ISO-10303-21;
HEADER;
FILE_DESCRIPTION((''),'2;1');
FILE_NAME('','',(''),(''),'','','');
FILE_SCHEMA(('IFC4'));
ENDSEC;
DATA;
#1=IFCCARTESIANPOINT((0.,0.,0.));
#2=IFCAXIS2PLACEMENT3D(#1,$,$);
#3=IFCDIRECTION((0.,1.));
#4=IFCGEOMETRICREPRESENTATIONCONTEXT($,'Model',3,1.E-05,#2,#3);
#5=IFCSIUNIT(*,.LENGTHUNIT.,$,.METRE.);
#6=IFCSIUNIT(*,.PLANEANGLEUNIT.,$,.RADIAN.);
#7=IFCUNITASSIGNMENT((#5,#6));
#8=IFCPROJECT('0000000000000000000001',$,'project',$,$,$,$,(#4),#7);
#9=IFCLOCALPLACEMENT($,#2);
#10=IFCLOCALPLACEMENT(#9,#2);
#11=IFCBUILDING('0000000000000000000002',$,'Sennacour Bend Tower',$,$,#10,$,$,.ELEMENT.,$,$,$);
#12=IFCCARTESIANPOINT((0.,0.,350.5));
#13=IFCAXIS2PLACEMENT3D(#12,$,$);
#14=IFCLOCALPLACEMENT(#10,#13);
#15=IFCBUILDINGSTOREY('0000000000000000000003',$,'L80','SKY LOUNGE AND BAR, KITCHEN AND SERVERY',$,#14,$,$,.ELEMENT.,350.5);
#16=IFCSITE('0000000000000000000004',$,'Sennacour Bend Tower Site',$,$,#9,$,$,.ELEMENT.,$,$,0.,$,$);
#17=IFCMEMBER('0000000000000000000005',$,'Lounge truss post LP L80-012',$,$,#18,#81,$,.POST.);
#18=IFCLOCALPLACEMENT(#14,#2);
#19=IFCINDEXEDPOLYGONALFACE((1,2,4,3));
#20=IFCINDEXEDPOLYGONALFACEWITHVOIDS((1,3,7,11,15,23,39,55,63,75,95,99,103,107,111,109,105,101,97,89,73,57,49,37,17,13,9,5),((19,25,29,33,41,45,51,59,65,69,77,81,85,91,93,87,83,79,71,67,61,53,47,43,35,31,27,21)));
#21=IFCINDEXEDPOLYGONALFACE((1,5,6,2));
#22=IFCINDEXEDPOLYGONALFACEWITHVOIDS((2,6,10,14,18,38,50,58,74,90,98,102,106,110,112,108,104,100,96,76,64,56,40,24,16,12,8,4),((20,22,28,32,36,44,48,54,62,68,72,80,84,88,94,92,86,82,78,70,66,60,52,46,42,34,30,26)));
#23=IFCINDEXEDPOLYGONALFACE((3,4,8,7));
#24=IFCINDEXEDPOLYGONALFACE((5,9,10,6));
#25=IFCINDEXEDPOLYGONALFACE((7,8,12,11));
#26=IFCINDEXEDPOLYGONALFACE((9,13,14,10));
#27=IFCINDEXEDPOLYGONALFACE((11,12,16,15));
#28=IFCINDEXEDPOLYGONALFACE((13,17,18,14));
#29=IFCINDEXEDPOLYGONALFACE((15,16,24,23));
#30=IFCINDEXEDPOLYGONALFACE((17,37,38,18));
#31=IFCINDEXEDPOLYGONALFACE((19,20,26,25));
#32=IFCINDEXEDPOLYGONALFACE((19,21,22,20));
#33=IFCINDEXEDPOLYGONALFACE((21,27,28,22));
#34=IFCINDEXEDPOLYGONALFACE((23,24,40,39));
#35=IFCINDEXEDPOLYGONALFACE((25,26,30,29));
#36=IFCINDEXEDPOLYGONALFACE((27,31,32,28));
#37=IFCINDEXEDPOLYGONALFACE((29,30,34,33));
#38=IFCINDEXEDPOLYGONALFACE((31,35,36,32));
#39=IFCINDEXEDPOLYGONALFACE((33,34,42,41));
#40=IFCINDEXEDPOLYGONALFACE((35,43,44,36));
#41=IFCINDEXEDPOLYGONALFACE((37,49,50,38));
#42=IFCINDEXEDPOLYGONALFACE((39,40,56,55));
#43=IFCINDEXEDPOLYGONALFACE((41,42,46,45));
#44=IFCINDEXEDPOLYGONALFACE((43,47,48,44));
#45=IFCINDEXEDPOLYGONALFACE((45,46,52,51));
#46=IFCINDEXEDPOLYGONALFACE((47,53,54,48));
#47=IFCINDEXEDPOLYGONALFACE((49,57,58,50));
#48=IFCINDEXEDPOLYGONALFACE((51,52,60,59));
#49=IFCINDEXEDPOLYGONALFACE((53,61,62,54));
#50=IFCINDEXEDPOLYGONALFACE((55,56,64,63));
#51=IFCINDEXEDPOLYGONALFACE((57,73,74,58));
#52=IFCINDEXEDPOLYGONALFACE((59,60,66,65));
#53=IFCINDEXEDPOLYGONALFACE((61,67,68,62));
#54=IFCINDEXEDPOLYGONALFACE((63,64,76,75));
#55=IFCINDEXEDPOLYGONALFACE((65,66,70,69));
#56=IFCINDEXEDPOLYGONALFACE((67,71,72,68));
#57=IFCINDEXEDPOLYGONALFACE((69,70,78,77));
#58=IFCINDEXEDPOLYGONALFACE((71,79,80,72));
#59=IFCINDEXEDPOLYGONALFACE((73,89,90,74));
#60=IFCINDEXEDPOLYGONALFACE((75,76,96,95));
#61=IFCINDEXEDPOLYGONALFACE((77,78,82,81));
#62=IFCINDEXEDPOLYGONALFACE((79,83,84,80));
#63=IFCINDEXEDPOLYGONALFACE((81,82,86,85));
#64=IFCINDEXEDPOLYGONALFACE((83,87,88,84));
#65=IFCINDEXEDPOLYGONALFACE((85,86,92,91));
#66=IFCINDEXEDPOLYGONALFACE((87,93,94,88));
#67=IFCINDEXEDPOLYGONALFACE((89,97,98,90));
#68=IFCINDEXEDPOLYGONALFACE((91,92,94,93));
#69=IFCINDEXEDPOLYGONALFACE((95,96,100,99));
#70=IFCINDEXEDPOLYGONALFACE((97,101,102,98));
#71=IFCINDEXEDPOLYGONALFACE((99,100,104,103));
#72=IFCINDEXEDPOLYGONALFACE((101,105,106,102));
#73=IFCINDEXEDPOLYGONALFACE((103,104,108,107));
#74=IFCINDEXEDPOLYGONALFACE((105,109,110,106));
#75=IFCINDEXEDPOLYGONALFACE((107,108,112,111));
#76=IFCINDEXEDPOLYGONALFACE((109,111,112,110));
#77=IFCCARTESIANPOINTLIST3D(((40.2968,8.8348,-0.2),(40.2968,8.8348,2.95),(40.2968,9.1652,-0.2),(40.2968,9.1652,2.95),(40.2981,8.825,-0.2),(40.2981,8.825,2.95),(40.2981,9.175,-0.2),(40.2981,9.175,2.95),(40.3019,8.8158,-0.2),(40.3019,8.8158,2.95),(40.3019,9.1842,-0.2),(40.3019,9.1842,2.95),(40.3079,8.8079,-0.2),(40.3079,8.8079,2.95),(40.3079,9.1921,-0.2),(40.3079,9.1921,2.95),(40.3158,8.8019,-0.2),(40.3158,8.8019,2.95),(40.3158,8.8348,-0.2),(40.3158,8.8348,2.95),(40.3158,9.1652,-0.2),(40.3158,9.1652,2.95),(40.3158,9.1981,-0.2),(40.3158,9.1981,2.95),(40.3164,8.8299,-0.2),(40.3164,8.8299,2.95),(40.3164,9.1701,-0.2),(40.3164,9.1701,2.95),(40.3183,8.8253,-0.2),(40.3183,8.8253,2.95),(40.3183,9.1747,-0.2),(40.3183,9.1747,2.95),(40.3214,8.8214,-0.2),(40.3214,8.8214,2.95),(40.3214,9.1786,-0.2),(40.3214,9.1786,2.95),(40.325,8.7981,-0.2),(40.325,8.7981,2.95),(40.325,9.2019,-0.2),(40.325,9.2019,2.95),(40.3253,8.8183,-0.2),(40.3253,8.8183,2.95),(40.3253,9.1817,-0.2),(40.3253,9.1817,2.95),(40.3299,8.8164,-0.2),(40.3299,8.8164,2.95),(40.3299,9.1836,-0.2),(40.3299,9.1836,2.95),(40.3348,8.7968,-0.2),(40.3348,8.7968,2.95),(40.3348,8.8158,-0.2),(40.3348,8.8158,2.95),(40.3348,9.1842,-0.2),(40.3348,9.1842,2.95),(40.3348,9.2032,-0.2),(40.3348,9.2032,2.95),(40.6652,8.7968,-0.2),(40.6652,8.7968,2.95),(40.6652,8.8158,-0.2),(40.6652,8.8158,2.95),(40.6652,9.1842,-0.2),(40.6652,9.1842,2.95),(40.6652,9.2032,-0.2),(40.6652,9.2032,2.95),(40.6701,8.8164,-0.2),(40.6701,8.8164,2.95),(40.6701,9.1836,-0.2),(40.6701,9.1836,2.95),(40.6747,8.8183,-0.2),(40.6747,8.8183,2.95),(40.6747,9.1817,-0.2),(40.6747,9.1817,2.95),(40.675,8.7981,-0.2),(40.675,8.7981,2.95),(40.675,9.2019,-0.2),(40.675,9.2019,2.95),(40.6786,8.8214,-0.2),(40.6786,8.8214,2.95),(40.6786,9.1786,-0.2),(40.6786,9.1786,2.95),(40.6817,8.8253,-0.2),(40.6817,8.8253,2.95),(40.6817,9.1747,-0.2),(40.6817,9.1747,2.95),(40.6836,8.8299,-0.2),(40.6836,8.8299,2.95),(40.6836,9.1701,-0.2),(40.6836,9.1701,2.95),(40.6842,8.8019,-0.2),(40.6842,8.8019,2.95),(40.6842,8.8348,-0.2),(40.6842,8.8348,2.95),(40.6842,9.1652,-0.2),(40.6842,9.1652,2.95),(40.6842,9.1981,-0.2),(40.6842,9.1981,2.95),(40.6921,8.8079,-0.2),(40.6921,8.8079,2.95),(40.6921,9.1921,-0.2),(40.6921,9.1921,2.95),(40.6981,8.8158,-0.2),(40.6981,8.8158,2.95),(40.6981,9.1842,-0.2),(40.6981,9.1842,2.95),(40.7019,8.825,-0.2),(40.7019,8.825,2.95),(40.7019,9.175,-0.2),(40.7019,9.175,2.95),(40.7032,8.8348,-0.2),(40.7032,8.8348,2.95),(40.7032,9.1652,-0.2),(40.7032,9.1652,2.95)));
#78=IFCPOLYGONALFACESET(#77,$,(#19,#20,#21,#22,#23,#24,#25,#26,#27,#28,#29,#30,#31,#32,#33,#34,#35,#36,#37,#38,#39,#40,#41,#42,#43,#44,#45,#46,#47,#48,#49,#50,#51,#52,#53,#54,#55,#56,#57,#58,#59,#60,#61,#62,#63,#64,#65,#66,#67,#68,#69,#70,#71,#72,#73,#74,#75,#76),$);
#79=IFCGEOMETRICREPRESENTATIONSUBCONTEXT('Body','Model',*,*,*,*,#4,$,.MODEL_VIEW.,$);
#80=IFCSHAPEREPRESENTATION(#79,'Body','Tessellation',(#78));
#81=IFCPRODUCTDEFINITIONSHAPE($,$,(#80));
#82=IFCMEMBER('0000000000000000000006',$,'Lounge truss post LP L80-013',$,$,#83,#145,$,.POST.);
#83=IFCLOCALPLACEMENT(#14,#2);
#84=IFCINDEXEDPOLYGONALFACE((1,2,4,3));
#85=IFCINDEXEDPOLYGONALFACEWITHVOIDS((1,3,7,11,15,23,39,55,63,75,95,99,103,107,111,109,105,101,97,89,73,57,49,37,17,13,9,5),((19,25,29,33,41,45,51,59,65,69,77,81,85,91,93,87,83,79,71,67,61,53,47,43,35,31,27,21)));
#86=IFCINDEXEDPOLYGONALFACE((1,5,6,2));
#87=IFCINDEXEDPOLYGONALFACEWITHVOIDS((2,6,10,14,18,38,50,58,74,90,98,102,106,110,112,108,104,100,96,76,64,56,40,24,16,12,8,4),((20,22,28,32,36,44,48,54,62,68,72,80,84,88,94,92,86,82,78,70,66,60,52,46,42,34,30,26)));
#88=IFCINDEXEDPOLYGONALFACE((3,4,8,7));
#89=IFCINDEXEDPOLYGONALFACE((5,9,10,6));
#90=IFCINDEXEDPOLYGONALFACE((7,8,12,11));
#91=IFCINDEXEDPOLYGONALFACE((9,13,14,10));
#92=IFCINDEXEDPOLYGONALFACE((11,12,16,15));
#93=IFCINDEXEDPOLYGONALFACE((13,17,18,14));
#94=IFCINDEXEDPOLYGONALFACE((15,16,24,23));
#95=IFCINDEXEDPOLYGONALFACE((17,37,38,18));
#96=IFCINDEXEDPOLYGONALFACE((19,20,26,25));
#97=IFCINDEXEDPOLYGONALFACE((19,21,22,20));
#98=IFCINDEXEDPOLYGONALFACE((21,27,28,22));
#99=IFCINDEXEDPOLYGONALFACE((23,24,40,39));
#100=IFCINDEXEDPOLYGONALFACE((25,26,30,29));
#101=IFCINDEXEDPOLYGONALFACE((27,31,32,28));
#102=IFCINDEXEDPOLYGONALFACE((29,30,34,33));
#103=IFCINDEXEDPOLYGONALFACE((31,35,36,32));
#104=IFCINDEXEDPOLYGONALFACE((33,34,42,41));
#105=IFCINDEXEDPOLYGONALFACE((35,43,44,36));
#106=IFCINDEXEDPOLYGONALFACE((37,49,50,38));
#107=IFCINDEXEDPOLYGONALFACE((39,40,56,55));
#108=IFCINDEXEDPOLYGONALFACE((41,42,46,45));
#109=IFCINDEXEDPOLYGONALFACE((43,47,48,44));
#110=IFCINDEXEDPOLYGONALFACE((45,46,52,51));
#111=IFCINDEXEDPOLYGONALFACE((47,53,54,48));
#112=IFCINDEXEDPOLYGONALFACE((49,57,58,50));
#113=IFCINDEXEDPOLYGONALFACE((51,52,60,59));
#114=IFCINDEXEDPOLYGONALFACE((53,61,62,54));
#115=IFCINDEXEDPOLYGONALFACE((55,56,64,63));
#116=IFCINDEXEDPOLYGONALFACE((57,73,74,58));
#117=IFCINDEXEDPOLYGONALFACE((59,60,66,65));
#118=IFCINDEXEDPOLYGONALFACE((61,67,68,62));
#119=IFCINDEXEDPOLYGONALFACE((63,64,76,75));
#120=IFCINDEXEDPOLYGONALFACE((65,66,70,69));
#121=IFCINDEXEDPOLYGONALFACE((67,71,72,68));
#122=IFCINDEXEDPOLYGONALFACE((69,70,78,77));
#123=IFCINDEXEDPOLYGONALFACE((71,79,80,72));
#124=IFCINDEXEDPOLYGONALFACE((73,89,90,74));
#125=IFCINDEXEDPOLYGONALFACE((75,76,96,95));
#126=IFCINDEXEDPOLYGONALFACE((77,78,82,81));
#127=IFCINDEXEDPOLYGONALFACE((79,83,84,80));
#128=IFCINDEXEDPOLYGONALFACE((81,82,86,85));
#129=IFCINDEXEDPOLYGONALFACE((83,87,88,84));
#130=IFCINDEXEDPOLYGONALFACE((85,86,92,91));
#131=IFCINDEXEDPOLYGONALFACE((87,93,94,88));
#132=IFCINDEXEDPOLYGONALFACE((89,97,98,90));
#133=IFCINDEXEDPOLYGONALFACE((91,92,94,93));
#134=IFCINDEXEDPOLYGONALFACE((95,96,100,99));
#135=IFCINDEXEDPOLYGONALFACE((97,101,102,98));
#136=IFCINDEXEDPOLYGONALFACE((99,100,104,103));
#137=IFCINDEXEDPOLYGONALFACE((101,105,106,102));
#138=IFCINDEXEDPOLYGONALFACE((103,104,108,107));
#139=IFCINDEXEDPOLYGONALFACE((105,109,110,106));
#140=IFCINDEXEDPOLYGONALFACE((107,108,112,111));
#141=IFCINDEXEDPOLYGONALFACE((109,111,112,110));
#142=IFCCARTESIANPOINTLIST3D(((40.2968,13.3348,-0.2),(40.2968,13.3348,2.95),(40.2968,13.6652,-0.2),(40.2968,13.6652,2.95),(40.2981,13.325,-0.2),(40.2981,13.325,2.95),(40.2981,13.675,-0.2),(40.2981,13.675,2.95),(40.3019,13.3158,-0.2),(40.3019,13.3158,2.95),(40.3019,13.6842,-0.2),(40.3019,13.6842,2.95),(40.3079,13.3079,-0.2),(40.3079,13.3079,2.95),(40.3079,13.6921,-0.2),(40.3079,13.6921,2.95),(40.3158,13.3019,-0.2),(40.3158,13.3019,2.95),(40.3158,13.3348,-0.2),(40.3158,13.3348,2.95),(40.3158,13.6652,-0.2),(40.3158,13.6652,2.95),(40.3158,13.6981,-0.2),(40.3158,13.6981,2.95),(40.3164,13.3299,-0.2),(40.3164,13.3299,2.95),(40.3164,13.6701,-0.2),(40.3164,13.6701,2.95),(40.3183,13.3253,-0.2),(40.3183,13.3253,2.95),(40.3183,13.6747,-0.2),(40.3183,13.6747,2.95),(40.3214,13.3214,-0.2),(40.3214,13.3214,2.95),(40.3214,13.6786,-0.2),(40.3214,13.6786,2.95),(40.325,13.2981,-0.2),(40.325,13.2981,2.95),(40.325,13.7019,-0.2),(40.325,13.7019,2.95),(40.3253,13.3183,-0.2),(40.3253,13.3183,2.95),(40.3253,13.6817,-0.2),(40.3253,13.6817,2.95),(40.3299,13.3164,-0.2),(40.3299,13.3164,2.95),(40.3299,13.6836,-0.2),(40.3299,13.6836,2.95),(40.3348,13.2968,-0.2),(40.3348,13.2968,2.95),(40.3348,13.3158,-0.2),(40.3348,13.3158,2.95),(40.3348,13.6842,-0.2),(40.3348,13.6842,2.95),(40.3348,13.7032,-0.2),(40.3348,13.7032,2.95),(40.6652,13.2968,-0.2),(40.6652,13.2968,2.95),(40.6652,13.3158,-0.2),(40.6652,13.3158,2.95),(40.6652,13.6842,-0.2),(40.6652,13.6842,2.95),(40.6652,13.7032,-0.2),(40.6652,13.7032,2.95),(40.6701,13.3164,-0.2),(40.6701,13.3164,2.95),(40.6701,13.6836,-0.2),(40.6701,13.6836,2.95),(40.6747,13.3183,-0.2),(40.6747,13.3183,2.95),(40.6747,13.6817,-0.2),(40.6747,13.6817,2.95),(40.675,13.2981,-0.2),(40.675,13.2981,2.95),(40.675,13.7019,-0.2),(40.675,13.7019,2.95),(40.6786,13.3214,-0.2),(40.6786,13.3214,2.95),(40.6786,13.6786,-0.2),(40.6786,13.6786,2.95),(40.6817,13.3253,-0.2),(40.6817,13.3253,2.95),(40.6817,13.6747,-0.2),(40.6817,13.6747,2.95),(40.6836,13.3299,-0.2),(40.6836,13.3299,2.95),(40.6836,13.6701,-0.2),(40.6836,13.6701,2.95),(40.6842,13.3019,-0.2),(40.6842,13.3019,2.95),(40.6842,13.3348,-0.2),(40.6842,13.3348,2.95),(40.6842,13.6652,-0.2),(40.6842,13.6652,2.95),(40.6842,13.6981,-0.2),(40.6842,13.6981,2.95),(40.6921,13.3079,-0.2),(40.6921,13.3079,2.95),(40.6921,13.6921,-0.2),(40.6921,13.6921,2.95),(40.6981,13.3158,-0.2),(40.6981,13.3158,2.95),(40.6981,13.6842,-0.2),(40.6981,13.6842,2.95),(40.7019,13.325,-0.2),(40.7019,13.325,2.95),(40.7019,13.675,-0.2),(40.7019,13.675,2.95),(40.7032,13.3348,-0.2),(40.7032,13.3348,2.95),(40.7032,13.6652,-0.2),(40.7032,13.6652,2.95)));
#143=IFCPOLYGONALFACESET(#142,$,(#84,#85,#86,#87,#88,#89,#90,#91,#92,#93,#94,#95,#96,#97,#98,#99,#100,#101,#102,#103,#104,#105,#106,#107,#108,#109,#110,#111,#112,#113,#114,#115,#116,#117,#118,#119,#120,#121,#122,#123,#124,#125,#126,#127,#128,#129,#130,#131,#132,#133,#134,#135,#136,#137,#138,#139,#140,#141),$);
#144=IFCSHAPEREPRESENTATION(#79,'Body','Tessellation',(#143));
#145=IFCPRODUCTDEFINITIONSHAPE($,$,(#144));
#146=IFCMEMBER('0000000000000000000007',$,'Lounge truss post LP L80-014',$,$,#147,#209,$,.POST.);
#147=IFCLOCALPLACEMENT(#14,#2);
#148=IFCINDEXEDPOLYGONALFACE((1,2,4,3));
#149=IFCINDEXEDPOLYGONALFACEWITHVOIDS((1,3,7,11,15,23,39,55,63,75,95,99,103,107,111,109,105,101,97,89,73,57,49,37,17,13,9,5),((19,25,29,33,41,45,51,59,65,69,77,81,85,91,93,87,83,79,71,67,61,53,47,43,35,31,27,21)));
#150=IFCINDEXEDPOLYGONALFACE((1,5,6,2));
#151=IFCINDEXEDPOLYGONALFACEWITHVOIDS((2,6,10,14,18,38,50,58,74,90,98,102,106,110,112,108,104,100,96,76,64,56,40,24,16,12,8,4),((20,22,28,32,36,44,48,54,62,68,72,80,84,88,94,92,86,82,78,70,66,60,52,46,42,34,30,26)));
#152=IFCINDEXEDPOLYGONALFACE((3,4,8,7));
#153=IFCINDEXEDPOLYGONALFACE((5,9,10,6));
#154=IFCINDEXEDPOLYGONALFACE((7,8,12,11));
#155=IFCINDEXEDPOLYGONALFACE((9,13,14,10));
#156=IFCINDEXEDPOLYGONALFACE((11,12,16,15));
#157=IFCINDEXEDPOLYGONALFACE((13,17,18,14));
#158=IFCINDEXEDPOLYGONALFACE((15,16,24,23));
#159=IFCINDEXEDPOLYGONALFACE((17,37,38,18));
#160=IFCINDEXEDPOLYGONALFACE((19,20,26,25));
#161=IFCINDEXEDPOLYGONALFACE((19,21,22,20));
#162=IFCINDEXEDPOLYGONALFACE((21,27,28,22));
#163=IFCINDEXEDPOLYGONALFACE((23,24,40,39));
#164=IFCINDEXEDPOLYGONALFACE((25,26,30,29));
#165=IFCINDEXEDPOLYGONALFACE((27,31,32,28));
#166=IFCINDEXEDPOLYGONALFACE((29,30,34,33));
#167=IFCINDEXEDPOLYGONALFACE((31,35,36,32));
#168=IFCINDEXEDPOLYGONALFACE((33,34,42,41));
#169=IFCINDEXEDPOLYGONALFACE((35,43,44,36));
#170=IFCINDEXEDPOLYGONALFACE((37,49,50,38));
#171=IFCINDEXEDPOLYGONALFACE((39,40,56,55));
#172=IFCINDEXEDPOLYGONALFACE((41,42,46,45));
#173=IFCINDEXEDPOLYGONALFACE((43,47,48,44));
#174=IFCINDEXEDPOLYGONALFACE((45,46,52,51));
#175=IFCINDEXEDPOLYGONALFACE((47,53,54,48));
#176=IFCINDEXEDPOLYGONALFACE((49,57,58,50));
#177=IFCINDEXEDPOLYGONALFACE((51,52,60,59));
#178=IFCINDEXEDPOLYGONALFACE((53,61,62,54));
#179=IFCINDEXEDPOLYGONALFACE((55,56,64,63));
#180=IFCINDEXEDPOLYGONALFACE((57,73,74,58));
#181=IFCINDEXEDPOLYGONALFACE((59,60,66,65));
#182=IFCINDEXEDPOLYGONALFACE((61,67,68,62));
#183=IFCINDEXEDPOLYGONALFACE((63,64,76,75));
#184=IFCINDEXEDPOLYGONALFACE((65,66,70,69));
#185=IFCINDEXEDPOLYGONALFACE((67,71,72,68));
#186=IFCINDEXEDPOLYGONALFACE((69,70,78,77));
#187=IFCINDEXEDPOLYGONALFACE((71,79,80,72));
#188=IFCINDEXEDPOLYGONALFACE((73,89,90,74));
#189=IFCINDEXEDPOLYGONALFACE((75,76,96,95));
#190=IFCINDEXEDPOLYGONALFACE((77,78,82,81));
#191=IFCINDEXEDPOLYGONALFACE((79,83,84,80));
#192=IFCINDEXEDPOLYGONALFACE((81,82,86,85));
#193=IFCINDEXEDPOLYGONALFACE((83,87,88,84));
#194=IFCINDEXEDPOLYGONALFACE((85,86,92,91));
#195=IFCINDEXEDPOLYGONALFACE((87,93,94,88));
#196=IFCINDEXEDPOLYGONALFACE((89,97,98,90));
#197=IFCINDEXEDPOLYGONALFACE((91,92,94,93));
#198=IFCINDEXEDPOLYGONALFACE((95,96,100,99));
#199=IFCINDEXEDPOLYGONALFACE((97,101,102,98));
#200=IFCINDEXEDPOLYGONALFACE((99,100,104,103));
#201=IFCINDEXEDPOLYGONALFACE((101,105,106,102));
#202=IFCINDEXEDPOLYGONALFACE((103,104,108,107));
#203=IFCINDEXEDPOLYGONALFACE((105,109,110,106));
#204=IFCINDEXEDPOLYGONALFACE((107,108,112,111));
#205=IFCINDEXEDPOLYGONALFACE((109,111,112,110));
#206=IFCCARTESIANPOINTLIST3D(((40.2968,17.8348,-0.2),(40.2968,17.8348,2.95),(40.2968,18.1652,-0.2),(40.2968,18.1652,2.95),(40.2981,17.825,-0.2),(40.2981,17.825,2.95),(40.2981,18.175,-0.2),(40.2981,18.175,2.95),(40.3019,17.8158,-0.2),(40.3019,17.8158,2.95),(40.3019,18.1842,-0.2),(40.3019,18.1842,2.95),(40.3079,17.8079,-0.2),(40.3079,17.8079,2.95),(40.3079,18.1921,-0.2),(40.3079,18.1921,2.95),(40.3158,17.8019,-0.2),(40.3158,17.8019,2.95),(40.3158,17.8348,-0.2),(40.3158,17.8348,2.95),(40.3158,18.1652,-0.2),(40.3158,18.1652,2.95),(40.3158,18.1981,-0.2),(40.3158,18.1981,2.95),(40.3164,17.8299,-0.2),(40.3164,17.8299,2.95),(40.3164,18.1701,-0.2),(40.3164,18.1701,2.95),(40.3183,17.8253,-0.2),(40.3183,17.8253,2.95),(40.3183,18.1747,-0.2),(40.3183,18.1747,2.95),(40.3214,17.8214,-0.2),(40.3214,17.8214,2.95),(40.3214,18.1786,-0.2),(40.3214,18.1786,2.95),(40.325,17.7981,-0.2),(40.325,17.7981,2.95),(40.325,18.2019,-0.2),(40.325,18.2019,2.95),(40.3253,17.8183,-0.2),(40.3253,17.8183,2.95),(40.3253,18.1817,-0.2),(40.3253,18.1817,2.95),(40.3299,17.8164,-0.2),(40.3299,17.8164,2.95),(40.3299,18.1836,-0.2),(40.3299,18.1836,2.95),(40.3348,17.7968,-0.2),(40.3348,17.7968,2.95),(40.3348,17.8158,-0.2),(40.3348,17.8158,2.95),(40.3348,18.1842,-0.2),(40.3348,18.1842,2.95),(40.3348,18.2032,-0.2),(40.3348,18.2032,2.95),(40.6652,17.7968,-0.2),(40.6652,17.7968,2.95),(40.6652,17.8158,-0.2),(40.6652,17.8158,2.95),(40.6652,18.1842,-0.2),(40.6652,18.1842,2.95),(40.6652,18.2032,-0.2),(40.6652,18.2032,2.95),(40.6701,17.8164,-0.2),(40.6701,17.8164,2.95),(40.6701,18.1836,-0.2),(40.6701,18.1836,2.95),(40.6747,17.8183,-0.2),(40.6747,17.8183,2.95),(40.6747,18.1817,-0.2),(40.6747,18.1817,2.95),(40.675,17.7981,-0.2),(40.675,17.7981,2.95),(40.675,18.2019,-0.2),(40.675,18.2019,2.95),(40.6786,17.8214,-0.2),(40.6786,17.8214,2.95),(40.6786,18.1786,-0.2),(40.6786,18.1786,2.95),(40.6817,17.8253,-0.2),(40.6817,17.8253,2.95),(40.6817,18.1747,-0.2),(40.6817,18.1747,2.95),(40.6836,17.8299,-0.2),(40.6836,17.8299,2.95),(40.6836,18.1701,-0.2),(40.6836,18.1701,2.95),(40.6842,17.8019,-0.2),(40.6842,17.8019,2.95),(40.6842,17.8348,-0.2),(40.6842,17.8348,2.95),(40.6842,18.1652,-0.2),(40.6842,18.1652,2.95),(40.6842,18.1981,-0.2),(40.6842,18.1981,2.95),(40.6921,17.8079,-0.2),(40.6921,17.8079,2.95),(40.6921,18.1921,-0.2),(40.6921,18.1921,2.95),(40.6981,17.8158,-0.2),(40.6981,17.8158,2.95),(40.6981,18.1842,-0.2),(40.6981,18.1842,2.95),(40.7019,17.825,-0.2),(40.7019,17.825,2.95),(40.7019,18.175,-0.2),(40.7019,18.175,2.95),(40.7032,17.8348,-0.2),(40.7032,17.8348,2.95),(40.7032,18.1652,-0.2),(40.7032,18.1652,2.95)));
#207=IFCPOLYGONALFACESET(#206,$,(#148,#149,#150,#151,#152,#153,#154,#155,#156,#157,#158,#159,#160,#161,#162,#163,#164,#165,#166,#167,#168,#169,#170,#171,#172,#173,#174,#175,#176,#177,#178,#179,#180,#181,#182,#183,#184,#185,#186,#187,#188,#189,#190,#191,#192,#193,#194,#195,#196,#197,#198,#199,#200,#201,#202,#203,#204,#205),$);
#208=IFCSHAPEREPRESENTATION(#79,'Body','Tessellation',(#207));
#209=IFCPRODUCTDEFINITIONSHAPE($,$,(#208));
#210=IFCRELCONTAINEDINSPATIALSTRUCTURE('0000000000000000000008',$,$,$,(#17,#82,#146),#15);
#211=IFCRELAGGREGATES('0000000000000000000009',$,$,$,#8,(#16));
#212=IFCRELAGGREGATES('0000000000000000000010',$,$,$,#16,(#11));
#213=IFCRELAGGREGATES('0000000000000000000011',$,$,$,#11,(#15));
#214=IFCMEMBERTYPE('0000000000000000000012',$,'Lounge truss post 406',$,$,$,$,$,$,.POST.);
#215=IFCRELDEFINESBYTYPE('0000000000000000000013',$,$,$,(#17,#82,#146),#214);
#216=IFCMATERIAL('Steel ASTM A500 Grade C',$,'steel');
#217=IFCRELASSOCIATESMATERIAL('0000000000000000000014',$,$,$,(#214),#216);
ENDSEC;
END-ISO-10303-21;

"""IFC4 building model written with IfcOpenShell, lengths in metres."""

from ifc_helpers import new_model, si_unit, direction, frame, origin, origin_2d, place, context, subcontext, project, spatial, hollow_rectangle, extrude, material, material_profile, profile_set, type_object, element, save


model = new_model("IFC4")

# Units and contexts
model_context = context("Model", 3, precision=1e-05, world=origin(), true_north=direction((0.0, 1.0)))
body_context = subcontext(model_context, "Body", "Model", "MODEL_VIEW")
ifc_project = project(units=[si_unit("LENGTHUNIT", "METRE"), si_unit("PLANEANGLEUNIT", "RADIAN")], contexts=[model_context])

# Site, building, storey
site_placement = place(None, origin())
site = spatial("IfcSite", under=ifc_project, at=site_placement, Name="Sennacour Bend Tower Site", CompositionType="ELEMENT", RefElevation=0.0)
building_placement = place(site_placement, origin())
building = spatial("IfcBuilding", under=site, at=building_placement, Name="Sennacour Bend Tower", CompositionType="ELEMENT")
storey_placement = place(building_placement, frame((0.0, 0.0, 350.5)))
storey = spatial("IfcBuildingStorey", under=building, at=storey_placement, Name="L80", Description="SKY LOUNGE AND BAR, KITCHEN AND SERVERY", CompositionType="ELEMENT", Elevation=350.5)

# Members
ifc_material_1 = material(Name="Steel ASTM A500 Grade C", Category="steel")
ifc_material_profile_1 = material_profile(ifc_material_1, hollow_rectangle(XDim=0.4065, YDim=0.4065, WallThickness=0.019, InnerFilletRadius=0.019, OuterFilletRadius=0.0381, at=origin_2d()), Name="Steel ASTM A500 Grade C", Category="steel")
ifc_profile_set_1 = profile_set([ifc_material_profile_1], Name="Steel ASTM A500 Grade C")
member_type_1 = type_object("IfcMemberType", Name="Lounge truss post 406", PredefinedType="POST", material=ifc_profile_set_1)
for number, where, z_axis, x_axis, name in (
    (1, (40.5, 9.0, -0.2), (0.0, 0.0, 1.0), (1.0, 0.0, 0.0), "Lounge truss post LP L80-012"),
    (2, (40.5, 13.5, -0.2), (0.0, 0.0, 1.0), (1.0, 0.0, 0.0), "Lounge truss post LP L80-013"),
    (3, (40.5, 18.0, -0.2), (0.0, 0.0, 1.0), (1.0, 0.0, 0.0), "Lounge truss post LP L80-014"),
):
    element("IfcMember", number, at=place(storey_placement, frame(where, z_axis=z_axis, x_axis=x_axis)), inside=storey, type_object=member_type_1, Name=name, PredefinedType="POST", context=body_context, shape_type="SweptSolid", body=[
        extrude(hollow_rectangle(XDim=0.4065, YDim=0.4065, WallThickness=0.019, InnerFilletRadius=0.019, OuterFilletRadius=0.0381, at=origin_2d()), origin(), (0.0, 0.0, 1.0), 3.1499),
    ])

save(model, "model.ifc")
